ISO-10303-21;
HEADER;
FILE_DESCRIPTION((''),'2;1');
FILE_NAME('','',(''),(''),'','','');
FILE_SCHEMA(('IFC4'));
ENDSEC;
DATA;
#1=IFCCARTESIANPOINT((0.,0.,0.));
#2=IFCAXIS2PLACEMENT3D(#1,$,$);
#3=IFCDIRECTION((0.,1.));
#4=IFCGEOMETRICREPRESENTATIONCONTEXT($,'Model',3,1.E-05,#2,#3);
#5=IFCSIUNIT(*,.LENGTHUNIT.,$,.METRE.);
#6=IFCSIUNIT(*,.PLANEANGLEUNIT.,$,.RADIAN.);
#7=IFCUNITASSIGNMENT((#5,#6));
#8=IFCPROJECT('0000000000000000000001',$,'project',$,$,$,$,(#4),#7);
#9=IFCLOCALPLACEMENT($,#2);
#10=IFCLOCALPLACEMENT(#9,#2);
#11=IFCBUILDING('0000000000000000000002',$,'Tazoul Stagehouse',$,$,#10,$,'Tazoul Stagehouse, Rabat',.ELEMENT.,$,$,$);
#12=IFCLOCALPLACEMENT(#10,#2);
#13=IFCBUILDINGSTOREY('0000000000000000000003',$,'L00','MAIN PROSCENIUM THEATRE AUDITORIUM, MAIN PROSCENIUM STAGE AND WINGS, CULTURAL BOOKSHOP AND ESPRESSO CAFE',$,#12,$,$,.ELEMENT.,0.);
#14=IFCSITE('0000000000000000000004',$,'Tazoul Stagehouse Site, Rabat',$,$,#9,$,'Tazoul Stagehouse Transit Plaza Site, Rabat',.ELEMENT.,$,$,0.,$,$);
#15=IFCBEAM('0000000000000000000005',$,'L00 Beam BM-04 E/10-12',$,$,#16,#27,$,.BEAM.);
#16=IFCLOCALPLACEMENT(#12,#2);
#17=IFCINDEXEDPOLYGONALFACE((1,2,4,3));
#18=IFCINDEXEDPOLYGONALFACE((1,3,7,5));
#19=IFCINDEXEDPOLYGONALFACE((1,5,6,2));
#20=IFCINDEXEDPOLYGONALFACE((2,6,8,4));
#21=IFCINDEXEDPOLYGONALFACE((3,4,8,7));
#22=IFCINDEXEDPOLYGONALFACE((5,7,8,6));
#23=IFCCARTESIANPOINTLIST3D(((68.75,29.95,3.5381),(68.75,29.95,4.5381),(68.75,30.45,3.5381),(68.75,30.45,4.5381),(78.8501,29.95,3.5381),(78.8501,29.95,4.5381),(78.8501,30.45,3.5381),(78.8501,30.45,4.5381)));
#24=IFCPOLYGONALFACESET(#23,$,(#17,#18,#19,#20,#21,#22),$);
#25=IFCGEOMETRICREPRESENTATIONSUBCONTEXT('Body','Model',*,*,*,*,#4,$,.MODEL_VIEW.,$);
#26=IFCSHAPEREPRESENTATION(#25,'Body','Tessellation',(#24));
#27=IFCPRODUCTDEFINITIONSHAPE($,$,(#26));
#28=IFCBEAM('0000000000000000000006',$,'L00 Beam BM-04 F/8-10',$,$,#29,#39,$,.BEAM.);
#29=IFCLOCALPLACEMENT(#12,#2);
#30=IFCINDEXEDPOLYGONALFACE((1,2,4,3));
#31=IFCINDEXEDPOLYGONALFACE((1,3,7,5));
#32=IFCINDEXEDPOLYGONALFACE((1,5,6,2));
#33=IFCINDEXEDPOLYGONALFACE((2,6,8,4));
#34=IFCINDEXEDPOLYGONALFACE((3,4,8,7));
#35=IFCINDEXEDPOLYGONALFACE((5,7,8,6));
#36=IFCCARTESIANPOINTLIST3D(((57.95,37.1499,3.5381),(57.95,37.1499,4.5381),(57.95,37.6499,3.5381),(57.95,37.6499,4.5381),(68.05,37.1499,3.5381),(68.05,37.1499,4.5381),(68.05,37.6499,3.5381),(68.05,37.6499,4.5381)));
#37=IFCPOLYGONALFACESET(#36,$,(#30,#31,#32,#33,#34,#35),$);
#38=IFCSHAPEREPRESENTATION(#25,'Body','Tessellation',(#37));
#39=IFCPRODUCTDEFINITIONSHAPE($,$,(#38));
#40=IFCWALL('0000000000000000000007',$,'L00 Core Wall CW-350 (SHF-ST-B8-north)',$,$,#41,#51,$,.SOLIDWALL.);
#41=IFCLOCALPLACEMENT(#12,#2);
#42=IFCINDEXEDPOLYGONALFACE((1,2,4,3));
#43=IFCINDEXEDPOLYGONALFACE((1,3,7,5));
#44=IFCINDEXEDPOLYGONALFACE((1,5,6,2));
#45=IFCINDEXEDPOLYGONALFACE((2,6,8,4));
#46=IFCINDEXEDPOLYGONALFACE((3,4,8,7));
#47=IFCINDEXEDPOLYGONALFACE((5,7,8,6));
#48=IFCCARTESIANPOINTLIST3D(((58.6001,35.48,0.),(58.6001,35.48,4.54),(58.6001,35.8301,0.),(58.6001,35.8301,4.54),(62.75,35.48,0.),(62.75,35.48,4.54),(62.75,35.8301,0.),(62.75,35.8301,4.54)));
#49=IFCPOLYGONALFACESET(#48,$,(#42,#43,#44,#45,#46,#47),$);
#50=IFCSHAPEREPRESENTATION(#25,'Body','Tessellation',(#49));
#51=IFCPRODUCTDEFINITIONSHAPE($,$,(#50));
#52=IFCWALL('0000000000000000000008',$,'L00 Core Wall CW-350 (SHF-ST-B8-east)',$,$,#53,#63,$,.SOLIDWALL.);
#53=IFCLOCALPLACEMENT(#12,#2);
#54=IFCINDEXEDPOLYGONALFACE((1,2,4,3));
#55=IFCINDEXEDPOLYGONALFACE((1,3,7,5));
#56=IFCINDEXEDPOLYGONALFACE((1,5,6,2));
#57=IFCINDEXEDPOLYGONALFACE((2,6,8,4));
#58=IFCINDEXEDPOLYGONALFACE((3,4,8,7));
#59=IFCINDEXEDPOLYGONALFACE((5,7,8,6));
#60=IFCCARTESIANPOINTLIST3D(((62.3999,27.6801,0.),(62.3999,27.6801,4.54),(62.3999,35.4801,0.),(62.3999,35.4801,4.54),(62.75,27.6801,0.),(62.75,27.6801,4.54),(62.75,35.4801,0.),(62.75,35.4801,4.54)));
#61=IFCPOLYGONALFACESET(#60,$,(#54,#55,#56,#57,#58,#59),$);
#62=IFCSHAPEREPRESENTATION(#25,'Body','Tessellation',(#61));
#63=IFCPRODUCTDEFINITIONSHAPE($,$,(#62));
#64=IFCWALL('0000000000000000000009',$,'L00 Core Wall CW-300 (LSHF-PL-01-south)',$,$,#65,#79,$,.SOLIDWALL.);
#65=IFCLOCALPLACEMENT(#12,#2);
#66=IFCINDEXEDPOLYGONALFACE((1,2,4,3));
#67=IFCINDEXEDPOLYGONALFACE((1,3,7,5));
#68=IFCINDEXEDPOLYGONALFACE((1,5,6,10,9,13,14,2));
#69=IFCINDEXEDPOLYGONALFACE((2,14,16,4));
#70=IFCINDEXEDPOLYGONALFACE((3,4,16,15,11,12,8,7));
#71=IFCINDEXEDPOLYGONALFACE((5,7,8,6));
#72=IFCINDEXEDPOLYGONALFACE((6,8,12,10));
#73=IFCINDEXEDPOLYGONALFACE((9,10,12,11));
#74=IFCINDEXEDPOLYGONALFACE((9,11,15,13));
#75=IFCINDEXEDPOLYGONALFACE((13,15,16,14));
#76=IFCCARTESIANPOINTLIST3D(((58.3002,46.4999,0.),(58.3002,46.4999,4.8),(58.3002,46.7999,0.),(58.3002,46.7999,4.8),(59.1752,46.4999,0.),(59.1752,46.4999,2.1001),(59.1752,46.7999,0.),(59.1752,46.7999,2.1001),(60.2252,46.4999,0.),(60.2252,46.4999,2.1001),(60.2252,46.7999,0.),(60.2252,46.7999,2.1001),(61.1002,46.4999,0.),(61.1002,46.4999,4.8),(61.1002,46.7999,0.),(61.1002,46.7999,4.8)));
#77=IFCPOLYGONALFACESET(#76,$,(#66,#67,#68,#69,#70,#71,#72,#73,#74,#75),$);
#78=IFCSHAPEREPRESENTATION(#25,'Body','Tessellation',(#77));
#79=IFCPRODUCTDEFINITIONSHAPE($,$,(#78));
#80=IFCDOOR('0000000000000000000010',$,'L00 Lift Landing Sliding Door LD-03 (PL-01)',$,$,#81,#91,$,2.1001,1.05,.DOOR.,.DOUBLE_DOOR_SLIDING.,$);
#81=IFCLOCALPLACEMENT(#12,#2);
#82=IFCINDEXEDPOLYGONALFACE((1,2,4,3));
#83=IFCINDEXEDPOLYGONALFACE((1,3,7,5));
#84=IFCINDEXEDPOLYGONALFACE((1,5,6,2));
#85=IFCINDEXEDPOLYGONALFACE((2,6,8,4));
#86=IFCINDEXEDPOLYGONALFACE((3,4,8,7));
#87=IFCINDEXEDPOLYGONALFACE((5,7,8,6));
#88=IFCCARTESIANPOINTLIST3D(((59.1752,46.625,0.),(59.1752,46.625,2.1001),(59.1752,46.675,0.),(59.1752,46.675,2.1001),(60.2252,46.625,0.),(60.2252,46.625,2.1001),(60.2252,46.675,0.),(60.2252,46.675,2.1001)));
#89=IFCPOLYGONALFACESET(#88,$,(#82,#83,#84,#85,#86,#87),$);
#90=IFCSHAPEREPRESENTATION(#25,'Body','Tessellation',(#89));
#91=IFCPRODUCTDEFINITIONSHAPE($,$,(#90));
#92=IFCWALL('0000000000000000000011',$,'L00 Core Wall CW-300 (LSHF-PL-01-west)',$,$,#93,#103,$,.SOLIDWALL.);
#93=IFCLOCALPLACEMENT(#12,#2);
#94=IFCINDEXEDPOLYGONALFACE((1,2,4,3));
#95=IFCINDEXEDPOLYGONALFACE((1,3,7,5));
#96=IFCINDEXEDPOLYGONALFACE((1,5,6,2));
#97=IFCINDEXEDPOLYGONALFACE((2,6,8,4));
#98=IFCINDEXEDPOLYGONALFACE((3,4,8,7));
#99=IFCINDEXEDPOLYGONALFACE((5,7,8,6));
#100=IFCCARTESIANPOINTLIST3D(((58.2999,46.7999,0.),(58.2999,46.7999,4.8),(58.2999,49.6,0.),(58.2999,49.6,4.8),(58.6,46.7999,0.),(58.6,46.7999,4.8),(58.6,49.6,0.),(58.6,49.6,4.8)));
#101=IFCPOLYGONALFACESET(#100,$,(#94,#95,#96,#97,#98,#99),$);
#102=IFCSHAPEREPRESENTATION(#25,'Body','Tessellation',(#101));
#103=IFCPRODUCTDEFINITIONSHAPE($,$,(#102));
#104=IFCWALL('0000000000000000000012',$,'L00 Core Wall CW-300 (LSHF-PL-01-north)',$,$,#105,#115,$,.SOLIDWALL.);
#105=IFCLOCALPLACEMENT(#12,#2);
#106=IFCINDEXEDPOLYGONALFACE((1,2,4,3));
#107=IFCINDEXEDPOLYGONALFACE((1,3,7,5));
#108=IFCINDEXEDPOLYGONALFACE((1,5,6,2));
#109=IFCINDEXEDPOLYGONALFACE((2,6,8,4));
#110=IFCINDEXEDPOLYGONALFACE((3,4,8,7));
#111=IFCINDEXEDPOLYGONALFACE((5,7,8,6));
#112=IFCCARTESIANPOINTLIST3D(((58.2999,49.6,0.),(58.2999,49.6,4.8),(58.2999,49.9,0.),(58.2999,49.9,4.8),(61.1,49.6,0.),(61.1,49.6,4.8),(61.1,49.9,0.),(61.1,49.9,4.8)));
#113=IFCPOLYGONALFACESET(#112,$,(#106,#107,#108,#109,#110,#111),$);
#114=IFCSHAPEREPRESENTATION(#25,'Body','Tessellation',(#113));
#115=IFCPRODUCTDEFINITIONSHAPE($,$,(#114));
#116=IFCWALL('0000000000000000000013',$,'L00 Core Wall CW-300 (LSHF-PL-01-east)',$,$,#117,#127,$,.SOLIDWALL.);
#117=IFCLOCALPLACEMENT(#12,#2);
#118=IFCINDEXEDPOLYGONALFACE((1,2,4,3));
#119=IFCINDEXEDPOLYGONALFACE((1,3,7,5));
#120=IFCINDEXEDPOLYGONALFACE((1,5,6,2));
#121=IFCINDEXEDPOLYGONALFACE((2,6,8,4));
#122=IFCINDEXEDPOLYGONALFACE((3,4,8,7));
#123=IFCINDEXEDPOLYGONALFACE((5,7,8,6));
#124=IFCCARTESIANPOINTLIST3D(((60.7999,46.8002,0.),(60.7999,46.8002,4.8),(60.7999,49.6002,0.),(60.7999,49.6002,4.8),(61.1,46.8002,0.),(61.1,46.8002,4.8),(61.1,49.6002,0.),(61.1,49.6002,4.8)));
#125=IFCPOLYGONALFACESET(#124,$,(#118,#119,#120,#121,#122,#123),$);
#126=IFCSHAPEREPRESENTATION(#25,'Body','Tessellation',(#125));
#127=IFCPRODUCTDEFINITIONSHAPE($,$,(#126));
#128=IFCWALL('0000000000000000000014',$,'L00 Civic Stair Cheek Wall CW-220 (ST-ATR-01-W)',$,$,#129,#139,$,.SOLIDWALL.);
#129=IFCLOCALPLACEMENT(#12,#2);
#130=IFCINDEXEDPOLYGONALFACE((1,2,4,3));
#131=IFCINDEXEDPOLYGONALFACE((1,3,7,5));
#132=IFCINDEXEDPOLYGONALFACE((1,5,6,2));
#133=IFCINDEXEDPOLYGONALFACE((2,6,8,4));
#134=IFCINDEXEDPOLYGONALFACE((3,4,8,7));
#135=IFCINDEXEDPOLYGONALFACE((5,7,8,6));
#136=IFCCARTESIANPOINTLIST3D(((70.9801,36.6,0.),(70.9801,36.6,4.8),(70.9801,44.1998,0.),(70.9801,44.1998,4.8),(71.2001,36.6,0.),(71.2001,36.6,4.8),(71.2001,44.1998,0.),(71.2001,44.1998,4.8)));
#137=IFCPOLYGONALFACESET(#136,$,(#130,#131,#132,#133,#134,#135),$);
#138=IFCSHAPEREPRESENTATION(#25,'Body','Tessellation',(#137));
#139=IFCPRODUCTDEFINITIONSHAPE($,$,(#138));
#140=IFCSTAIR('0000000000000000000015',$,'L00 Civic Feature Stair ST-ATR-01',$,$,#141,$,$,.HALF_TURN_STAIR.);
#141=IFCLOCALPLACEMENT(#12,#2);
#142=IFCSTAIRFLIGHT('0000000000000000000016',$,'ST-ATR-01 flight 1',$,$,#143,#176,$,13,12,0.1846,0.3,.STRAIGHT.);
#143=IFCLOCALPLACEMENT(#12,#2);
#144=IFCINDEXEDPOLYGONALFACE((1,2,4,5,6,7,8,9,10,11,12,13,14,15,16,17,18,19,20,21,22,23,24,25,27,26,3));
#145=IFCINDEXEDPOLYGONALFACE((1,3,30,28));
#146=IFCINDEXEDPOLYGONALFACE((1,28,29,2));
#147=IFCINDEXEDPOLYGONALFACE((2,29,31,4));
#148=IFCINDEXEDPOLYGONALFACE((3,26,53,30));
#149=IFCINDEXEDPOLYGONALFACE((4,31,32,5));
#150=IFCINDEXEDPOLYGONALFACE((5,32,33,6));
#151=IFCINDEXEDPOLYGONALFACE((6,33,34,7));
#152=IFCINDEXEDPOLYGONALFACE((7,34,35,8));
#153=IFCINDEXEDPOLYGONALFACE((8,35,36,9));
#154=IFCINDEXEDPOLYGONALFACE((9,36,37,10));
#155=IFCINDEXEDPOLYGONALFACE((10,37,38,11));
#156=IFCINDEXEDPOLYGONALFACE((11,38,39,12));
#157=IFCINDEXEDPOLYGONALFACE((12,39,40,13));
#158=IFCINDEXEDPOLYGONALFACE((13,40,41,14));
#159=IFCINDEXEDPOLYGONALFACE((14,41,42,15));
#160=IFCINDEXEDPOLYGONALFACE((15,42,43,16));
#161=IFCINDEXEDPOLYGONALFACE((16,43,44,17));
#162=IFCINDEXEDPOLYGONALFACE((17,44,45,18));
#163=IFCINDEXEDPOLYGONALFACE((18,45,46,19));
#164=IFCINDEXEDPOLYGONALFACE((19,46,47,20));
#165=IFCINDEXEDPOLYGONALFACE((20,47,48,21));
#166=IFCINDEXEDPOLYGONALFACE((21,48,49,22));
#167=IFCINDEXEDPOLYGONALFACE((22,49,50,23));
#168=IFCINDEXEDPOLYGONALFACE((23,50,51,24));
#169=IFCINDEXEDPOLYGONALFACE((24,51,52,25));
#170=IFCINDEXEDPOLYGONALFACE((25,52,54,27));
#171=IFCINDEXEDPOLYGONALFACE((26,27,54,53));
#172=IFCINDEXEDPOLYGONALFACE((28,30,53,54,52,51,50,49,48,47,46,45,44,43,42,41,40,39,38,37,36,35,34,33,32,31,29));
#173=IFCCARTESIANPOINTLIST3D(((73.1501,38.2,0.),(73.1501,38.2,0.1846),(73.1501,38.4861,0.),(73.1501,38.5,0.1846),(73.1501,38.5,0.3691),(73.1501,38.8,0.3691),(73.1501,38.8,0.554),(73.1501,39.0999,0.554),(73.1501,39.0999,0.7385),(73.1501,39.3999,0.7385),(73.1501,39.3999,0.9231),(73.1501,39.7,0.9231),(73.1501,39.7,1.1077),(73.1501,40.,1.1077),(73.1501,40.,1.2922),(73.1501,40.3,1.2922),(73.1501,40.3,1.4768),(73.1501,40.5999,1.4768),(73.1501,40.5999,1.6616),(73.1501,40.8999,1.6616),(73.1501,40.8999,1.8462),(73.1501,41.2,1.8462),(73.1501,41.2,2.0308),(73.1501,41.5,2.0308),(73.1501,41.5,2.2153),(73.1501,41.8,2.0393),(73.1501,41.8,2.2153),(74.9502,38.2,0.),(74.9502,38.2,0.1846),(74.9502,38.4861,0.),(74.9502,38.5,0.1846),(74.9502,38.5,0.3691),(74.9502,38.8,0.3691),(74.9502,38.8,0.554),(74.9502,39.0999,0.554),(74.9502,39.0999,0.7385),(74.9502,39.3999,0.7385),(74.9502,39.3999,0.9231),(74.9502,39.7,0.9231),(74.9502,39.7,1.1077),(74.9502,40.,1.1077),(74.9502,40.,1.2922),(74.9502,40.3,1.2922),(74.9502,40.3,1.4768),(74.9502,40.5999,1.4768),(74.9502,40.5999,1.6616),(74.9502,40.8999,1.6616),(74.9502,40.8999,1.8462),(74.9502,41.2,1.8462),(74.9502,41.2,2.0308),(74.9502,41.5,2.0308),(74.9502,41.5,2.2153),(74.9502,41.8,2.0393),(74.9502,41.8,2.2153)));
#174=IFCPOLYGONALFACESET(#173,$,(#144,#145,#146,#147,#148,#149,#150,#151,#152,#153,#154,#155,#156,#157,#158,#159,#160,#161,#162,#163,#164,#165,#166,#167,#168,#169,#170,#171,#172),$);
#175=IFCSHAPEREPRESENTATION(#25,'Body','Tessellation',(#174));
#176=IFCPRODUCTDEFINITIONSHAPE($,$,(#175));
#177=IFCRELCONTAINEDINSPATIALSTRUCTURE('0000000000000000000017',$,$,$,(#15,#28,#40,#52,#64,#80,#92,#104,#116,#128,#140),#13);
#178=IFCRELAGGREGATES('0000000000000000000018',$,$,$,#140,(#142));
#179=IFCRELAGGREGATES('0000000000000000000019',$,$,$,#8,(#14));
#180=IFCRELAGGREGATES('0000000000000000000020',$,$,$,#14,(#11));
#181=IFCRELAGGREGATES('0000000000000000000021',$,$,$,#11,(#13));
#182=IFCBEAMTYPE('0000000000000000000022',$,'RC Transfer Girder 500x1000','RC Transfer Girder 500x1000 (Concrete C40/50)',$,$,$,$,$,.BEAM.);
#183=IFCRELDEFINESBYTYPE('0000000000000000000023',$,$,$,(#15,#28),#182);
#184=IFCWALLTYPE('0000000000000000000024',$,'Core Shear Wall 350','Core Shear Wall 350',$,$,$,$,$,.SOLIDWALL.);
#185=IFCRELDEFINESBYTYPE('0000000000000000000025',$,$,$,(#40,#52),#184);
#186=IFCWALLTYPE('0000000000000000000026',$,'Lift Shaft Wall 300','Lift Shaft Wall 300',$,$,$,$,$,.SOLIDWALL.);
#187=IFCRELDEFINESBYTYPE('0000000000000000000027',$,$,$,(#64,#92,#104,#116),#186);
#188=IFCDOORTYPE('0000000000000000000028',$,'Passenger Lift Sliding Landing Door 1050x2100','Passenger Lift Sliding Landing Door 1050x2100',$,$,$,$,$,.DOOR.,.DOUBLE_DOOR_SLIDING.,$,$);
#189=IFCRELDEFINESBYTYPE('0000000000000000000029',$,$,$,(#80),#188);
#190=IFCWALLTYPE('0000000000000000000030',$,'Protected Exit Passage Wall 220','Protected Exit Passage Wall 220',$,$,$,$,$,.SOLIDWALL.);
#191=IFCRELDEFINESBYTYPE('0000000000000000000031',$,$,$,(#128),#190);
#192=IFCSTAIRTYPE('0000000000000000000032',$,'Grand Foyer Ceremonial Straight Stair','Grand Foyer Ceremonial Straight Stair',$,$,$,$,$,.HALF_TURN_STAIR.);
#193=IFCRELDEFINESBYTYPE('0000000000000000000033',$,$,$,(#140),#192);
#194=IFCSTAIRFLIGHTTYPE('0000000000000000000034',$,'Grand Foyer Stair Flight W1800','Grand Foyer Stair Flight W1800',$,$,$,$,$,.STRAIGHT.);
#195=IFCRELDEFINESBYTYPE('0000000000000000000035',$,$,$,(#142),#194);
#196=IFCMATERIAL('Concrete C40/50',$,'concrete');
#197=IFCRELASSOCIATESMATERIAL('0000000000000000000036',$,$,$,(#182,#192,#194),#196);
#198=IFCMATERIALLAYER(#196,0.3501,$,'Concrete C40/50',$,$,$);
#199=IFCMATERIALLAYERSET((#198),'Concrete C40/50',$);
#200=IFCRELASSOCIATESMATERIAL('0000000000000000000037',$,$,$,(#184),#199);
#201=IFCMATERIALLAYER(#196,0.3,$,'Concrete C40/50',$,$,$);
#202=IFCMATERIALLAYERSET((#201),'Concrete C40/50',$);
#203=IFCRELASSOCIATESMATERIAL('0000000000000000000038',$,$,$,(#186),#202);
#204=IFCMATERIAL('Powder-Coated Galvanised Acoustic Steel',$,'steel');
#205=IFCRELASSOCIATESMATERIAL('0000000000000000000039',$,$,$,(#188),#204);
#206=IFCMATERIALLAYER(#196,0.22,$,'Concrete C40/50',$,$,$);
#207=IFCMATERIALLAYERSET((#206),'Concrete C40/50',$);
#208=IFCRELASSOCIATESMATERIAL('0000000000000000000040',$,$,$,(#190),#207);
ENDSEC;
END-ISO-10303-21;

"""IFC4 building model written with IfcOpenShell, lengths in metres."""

from ifc_helpers import new_model, si_unit, direction, frame, frame_2d, origin, origin_2d, place, context, subcontext, project, spatial, polyline, rectangle, outline, extrude, material, layer, layer_set, material_profile, profile_set, type_object, element, fill, aggregate, save


model = new_model("IFC4")

# Units and contexts
model_context = context("Model", 3, precision=1e-05, world=origin(), true_north=direction((0.0, 1.0)))
body_context = subcontext(model_context, "Body", "Model", "MODEL_VIEW")
ifc_project = project(units=[si_unit("LENGTHUNIT", "METRE"), si_unit("PLANEANGLEUNIT", "RADIAN")], contexts=[model_context])

# Site, building, storey
site_placement = place(None, origin())
site = spatial("IfcSite", under=ifc_project, at=site_placement, Name="Tazoul Stagehouse Site, Rabat", LongName="Tazoul Stagehouse Transit Plaza Site, Rabat", CompositionType="ELEMENT", RefElevation=0.0)
building_placement = place(site_placement, origin())
building = spatial("IfcBuilding", under=site, at=building_placement, Name="Tazoul Stagehouse", LongName="Tazoul Stagehouse, Rabat", CompositionType="ELEMENT")
storey_placement = place(building_placement, origin())
storey = spatial("IfcBuildingStorey", under=building, at=storey_placement, Name="L00", Description="MAIN PROSCENIUM THEATRE AUDITORIUM, MAIN PROSCENIUM STAGE AND WINGS, CULTURAL BOOKSHOP AND ESPRESSO CAFE", CompositionType="ELEMENT", Elevation=0.0)

# Shared definitions
ifc_material_1 = material(Name="Concrete C40/50", Category="concrete")

# Beams
ifc_material_profile_1 = material_profile(ifc_material_1, rectangle(XDim=0.5, YDim=1.0, at=origin_2d()), Name="RC 500x1000")
ifc_profile_set_1 = profile_set([ifc_material_profile_1], Name="Concrete C40/50")
beam_type_1 = type_object("IfcBeamType", Name="RC Transfer Girder 500x1000", Description="RC Transfer Girder 500x1000 (Concrete C40/50)", PredefinedType="BEAM", material=ifc_profile_set_1)
for number, where, z_axis, x_axis, name in (
    (1, (68.75, 30.2, 4.0381), (1.0, 0.0, 0.0), (0.0, 1.0, 0.0), "L00 Beam BM-04 E/10-12"),
    (2, (57.95, 37.3999, 4.0381), (1.0, 0.0, 0.0), (0.0, 1.0, 0.0), "L00 Beam BM-04 F/8-10"),
):
    element("IfcBeam", number, at=place(storey_placement, frame(where, z_axis=z_axis, x_axis=x_axis)), inside=storey, type_object=beam_type_1, Name=name, PredefinedType="BEAM", context=body_context, shape_type="SweptSolid", body=[
        extrude(rectangle(XDim=0.5, YDim=1.0, at=origin_2d()), origin(), (0.0, 0.0, 1.0), 10.1001),
    ])

# Walls
ifc_layer_1 = layer(ifc_material_1, 0.3501, Name="Concrete C40/50")
ifc_layer_set_1 = layer_set([ifc_layer_1], Name="Concrete C40/50")
wall_type_1 = type_object("IfcWallType", Name="Core Shear Wall 350", Description="Core Shear Wall 350", PredefinedType="SOLIDWALL", material=ifc_layer_set_1)
wall_1_placement = place(storey_placement, frame((58.6001, 35.655, 0.0), z_axis=(0.0, 0.0, 1.0), x_axis=(1.0, 0.0, 0.0)))
element("IfcWall", 3, at=wall_1_placement, inside=storey, type_object=wall_type_1, Name="L00 Core Wall CW-350 (SHF-ST-B8-north)", PredefinedType="SOLIDWALL", context=body_context, shape_type="SweptSolid", body=[
    extrude(rectangle(XDim=4.1499, YDim=0.3501, at=frame_2d((2.075, 0.0))), origin(), (0.0, 0.0, 1.0), 4.54),
])
wall_2_placement = place(storey_placement, frame((62.575, 35.48, 0.0), z_axis=(0.0, 0.0, 1.0), x_axis=(0.0, -1.0, 0.0)))
element("IfcWall", 4, at=wall_2_placement, inside=storey, type_object=wall_type_1, Name="L00 Core Wall CW-350 (SHF-ST-B8-east)", PredefinedType="SOLIDWALL", context=body_context, shape_type="SweptSolid", body=[
    extrude(rectangle(XDim=7.8, YDim=0.3501, at=frame_2d((3.8999, 0.0))), origin(), (0.0, 0.0, 1.0), 4.54),
])

# Wall, opening, door
ifc_layer_2 = layer(ifc_material_1, 0.3, Name="Concrete C40/50")
ifc_layer_set_2 = layer_set([ifc_layer_2], Name="Concrete C40/50")
wall_type_2 = type_object("IfcWallType", Name="Lift Shaft Wall 300", Description="Lift Shaft Wall 300", PredefinedType="SOLIDWALL", material=ifc_layer_set_2)
wall_3_placement = place(storey_placement, frame((61.1001, 46.6499, 0.0), z_axis=(0.0, 0.0, 1.0), x_axis=(-1.0, 0.0, 0.0)))
wall_3 = element("IfcWall", 5, at=wall_3_placement, inside=storey, type_object=wall_type_2, Name="L00 Core Wall CW-300 (LSHF-PL-01-south)", PredefinedType="SOLIDWALL", context=body_context, shape_type="SweptSolid", body=[
    extrude(rectangle(XDim=2.8, YDim=0.3, at=frame_2d((1.3999, 0.0))), origin(), (0.0, 0.0, 1.0), 4.8),
])
opening_placement = place(wall_3_placement, frame((0.875, 0.0, 0.0)))
opening = element("IfcOpeningElement", 6, at=opening_placement, cuts=wall_3, PredefinedType="OPENING", context=body_context, shape_type="SweptSolid", body=[
    extrude(rectangle(XDim=1.05, YDim=2.1001, at=frame_2d((0.5249, 1.05))), frame((0.0, 0.1699, 0.0), z_axis=(0.0, -1.0, 0.0), x_axis=(1.0, 0.0, 0.0)), (0.0, 0.0, 1.0), 0.3401),
])
ifc_material_2 = material(Name="Powder-Coated Galvanised Acoustic Steel", Category="steel")
door_type = type_object("IfcDoorType", Name="Passenger Lift Sliding Landing Door 1050x2100", Description="Passenger Lift Sliding Landing Door 1050x2100", OperationType="DOUBLE_DOOR_SLIDING", PredefinedType="DOOR", material=ifc_material_2)
door_placement = place(opening_placement, origin())
door = element("IfcDoor", 7, at=door_placement, inside=storey, type_object=door_type, Name="L00 Lift Landing Sliding Door LD-03 (PL-01)", OperationType="DOUBLE_DOOR_SLIDING", OverallHeight=2.1001, OverallWidth=1.05, PredefinedType="DOOR", context=body_context, shape_type="SweptSolid", body=[
    extrude(rectangle(XDim=1.05, YDim=2.1001, at=frame_2d((0.5249, 1.05))), frame((0.0, 0.0249, 0.0), z_axis=(0.0, -1.0, 0.0), x_axis=(1.0, 0.0, 0.0)), (0.0, 0.0, 1.0), 0.05),
])
fill(opening, door)

# Walls
for number, where, z_axis, x_axis, name in (
    (8, (58.45, 46.8, 0.0), (0.0, 0.0, 1.0), (0.0, 1.0, 0.0), "L00 Core Wall CW-300 (LSHF-PL-01-west)"),
    (9, (58.3, 49.75, 0.0), (0.0, 0.0, 1.0), (1.0, 0.0, 0.0), "L00 Core Wall CW-300 (LSHF-PL-01-north)"),
    (10, (60.95, 49.6001, 0.0), (0.0, 0.0, 1.0), (0.0, -1.0, 0.0), "L00 Core Wall CW-300 (LSHF-PL-01-east)"),
):
    element("IfcWall", number, at=place(storey_placement, frame(where, z_axis=z_axis, x_axis=x_axis)), inside=storey, type_object=wall_type_2, Name=name, PredefinedType="SOLIDWALL", context=body_context, shape_type="SweptSolid", body=[
        extrude(rectangle(XDim=2.8, YDim=0.3, at=frame_2d((1.3999, 0.0))), origin(), (0.0, 0.0, 1.0), 4.8),
    ])
ifc_layer_3 = layer(ifc_material_1, 0.22, Name="Concrete C40/50")
ifc_layer_set_3 = layer_set([ifc_layer_3], Name="Concrete C40/50")
wall_type_3 = type_object("IfcWallType", Name="Protected Exit Passage Wall 220", Description="Protected Exit Passage Wall 220", PredefinedType="SOLIDWALL", material=ifc_layer_set_3)
wall_4_placement = place(storey_placement, frame((71.0901, 36.6001, 0.0), z_axis=(0.0, 0.0, 1.0), x_axis=(0.0, 1.0, 0.0)))
element("IfcWall", 11, at=wall_4_placement, inside=storey, type_object=wall_type_3, Name="L00 Civic Stair Cheek Wall CW-220 (ST-ATR-01-W)", PredefinedType="SOLIDWALL", context=body_context, shape_type="SweptSolid", body=[
    extrude(rectangle(XDim=7.5999, YDim=0.22, at=frame_2d((3.7998, 0.0))), origin(), (0.0, 0.0, 1.0), 4.8),
])

# Stair, stair flight
stair_type = type_object("IfcStairType", Name="Grand Foyer Ceremonial Straight Stair", Description="Grand Foyer Ceremonial Straight Stair", PredefinedType="HALF_TURN_STAIR", material=ifc_material_1)
stair_placement = place(storey_placement, origin())
stair = element("IfcStair", 12, at=stair_placement, inside=storey, type_object=stair_type, Name="L00 Civic Feature Stair ST-ATR-01", PredefinedType="HALF_TURN_STAIR")
stair_flight_type = type_object("IfcStairFlightType", Name="Grand Foyer Stair Flight W1800", Description="Grand Foyer Stair Flight W1800", PredefinedType="STRAIGHT", material=ifc_material_1)
stair_flight_1_placement = place(storey_placement, frame((74.05, 38.2, 0.0), z_axis=(0.0, 0.0, 1.0), x_axis=(0.0, 1.0, 0.0)))
stair_flight_1 = element("IfcStairFlight", 13, at=stair_flight_1_placement, type_object=stair_flight_type, Name="ST-ATR-01 flight 1", NumberOfRisers=13, NumberOfTreads=12, PredefinedType="STRAIGHT", RiserHeight=0.1846, TreadLength=0.3, context=body_context, shape_type="SweptSolid", body=[
    extrude(outline(polyline([(0.0, 0.0), (0.0, 0.1846), (0.3, 0.1846), (0.3, 0.3691), (0.6001, 0.3691), (0.6001, 0.554), (0.8999, 0.554), (0.8999, 0.7385), (1.2, 0.7385), (1.2, 0.9231), (1.5, 0.9231), (1.5, 1.1077), (1.8, 1.1077), (1.8, 1.2922), (2.1001, 1.2922), (2.1001, 1.4768), (2.3999, 1.4768), (2.3999, 1.6616), (2.7, 1.6616), (2.7, 1.8462), (3.0, 1.8462), (3.0, 2.0308), (3.3, 2.0308), (3.3, 2.2153), (3.6001, 2.2153), (3.6001, 2.3999), (3.6001, 2.0393), (0.2861, 0.0), (0.0, 0.0)])), frame((0.0, 0.8999, 0.0), z_axis=(0.0, -1.0, 0.0), x_axis=(1.0, 0.0, 0.0)), (0.0, 0.0, 1.0), 1.8),
])
aggregate(stair, [stair_flight_1])

save(model, "model.ifc")
